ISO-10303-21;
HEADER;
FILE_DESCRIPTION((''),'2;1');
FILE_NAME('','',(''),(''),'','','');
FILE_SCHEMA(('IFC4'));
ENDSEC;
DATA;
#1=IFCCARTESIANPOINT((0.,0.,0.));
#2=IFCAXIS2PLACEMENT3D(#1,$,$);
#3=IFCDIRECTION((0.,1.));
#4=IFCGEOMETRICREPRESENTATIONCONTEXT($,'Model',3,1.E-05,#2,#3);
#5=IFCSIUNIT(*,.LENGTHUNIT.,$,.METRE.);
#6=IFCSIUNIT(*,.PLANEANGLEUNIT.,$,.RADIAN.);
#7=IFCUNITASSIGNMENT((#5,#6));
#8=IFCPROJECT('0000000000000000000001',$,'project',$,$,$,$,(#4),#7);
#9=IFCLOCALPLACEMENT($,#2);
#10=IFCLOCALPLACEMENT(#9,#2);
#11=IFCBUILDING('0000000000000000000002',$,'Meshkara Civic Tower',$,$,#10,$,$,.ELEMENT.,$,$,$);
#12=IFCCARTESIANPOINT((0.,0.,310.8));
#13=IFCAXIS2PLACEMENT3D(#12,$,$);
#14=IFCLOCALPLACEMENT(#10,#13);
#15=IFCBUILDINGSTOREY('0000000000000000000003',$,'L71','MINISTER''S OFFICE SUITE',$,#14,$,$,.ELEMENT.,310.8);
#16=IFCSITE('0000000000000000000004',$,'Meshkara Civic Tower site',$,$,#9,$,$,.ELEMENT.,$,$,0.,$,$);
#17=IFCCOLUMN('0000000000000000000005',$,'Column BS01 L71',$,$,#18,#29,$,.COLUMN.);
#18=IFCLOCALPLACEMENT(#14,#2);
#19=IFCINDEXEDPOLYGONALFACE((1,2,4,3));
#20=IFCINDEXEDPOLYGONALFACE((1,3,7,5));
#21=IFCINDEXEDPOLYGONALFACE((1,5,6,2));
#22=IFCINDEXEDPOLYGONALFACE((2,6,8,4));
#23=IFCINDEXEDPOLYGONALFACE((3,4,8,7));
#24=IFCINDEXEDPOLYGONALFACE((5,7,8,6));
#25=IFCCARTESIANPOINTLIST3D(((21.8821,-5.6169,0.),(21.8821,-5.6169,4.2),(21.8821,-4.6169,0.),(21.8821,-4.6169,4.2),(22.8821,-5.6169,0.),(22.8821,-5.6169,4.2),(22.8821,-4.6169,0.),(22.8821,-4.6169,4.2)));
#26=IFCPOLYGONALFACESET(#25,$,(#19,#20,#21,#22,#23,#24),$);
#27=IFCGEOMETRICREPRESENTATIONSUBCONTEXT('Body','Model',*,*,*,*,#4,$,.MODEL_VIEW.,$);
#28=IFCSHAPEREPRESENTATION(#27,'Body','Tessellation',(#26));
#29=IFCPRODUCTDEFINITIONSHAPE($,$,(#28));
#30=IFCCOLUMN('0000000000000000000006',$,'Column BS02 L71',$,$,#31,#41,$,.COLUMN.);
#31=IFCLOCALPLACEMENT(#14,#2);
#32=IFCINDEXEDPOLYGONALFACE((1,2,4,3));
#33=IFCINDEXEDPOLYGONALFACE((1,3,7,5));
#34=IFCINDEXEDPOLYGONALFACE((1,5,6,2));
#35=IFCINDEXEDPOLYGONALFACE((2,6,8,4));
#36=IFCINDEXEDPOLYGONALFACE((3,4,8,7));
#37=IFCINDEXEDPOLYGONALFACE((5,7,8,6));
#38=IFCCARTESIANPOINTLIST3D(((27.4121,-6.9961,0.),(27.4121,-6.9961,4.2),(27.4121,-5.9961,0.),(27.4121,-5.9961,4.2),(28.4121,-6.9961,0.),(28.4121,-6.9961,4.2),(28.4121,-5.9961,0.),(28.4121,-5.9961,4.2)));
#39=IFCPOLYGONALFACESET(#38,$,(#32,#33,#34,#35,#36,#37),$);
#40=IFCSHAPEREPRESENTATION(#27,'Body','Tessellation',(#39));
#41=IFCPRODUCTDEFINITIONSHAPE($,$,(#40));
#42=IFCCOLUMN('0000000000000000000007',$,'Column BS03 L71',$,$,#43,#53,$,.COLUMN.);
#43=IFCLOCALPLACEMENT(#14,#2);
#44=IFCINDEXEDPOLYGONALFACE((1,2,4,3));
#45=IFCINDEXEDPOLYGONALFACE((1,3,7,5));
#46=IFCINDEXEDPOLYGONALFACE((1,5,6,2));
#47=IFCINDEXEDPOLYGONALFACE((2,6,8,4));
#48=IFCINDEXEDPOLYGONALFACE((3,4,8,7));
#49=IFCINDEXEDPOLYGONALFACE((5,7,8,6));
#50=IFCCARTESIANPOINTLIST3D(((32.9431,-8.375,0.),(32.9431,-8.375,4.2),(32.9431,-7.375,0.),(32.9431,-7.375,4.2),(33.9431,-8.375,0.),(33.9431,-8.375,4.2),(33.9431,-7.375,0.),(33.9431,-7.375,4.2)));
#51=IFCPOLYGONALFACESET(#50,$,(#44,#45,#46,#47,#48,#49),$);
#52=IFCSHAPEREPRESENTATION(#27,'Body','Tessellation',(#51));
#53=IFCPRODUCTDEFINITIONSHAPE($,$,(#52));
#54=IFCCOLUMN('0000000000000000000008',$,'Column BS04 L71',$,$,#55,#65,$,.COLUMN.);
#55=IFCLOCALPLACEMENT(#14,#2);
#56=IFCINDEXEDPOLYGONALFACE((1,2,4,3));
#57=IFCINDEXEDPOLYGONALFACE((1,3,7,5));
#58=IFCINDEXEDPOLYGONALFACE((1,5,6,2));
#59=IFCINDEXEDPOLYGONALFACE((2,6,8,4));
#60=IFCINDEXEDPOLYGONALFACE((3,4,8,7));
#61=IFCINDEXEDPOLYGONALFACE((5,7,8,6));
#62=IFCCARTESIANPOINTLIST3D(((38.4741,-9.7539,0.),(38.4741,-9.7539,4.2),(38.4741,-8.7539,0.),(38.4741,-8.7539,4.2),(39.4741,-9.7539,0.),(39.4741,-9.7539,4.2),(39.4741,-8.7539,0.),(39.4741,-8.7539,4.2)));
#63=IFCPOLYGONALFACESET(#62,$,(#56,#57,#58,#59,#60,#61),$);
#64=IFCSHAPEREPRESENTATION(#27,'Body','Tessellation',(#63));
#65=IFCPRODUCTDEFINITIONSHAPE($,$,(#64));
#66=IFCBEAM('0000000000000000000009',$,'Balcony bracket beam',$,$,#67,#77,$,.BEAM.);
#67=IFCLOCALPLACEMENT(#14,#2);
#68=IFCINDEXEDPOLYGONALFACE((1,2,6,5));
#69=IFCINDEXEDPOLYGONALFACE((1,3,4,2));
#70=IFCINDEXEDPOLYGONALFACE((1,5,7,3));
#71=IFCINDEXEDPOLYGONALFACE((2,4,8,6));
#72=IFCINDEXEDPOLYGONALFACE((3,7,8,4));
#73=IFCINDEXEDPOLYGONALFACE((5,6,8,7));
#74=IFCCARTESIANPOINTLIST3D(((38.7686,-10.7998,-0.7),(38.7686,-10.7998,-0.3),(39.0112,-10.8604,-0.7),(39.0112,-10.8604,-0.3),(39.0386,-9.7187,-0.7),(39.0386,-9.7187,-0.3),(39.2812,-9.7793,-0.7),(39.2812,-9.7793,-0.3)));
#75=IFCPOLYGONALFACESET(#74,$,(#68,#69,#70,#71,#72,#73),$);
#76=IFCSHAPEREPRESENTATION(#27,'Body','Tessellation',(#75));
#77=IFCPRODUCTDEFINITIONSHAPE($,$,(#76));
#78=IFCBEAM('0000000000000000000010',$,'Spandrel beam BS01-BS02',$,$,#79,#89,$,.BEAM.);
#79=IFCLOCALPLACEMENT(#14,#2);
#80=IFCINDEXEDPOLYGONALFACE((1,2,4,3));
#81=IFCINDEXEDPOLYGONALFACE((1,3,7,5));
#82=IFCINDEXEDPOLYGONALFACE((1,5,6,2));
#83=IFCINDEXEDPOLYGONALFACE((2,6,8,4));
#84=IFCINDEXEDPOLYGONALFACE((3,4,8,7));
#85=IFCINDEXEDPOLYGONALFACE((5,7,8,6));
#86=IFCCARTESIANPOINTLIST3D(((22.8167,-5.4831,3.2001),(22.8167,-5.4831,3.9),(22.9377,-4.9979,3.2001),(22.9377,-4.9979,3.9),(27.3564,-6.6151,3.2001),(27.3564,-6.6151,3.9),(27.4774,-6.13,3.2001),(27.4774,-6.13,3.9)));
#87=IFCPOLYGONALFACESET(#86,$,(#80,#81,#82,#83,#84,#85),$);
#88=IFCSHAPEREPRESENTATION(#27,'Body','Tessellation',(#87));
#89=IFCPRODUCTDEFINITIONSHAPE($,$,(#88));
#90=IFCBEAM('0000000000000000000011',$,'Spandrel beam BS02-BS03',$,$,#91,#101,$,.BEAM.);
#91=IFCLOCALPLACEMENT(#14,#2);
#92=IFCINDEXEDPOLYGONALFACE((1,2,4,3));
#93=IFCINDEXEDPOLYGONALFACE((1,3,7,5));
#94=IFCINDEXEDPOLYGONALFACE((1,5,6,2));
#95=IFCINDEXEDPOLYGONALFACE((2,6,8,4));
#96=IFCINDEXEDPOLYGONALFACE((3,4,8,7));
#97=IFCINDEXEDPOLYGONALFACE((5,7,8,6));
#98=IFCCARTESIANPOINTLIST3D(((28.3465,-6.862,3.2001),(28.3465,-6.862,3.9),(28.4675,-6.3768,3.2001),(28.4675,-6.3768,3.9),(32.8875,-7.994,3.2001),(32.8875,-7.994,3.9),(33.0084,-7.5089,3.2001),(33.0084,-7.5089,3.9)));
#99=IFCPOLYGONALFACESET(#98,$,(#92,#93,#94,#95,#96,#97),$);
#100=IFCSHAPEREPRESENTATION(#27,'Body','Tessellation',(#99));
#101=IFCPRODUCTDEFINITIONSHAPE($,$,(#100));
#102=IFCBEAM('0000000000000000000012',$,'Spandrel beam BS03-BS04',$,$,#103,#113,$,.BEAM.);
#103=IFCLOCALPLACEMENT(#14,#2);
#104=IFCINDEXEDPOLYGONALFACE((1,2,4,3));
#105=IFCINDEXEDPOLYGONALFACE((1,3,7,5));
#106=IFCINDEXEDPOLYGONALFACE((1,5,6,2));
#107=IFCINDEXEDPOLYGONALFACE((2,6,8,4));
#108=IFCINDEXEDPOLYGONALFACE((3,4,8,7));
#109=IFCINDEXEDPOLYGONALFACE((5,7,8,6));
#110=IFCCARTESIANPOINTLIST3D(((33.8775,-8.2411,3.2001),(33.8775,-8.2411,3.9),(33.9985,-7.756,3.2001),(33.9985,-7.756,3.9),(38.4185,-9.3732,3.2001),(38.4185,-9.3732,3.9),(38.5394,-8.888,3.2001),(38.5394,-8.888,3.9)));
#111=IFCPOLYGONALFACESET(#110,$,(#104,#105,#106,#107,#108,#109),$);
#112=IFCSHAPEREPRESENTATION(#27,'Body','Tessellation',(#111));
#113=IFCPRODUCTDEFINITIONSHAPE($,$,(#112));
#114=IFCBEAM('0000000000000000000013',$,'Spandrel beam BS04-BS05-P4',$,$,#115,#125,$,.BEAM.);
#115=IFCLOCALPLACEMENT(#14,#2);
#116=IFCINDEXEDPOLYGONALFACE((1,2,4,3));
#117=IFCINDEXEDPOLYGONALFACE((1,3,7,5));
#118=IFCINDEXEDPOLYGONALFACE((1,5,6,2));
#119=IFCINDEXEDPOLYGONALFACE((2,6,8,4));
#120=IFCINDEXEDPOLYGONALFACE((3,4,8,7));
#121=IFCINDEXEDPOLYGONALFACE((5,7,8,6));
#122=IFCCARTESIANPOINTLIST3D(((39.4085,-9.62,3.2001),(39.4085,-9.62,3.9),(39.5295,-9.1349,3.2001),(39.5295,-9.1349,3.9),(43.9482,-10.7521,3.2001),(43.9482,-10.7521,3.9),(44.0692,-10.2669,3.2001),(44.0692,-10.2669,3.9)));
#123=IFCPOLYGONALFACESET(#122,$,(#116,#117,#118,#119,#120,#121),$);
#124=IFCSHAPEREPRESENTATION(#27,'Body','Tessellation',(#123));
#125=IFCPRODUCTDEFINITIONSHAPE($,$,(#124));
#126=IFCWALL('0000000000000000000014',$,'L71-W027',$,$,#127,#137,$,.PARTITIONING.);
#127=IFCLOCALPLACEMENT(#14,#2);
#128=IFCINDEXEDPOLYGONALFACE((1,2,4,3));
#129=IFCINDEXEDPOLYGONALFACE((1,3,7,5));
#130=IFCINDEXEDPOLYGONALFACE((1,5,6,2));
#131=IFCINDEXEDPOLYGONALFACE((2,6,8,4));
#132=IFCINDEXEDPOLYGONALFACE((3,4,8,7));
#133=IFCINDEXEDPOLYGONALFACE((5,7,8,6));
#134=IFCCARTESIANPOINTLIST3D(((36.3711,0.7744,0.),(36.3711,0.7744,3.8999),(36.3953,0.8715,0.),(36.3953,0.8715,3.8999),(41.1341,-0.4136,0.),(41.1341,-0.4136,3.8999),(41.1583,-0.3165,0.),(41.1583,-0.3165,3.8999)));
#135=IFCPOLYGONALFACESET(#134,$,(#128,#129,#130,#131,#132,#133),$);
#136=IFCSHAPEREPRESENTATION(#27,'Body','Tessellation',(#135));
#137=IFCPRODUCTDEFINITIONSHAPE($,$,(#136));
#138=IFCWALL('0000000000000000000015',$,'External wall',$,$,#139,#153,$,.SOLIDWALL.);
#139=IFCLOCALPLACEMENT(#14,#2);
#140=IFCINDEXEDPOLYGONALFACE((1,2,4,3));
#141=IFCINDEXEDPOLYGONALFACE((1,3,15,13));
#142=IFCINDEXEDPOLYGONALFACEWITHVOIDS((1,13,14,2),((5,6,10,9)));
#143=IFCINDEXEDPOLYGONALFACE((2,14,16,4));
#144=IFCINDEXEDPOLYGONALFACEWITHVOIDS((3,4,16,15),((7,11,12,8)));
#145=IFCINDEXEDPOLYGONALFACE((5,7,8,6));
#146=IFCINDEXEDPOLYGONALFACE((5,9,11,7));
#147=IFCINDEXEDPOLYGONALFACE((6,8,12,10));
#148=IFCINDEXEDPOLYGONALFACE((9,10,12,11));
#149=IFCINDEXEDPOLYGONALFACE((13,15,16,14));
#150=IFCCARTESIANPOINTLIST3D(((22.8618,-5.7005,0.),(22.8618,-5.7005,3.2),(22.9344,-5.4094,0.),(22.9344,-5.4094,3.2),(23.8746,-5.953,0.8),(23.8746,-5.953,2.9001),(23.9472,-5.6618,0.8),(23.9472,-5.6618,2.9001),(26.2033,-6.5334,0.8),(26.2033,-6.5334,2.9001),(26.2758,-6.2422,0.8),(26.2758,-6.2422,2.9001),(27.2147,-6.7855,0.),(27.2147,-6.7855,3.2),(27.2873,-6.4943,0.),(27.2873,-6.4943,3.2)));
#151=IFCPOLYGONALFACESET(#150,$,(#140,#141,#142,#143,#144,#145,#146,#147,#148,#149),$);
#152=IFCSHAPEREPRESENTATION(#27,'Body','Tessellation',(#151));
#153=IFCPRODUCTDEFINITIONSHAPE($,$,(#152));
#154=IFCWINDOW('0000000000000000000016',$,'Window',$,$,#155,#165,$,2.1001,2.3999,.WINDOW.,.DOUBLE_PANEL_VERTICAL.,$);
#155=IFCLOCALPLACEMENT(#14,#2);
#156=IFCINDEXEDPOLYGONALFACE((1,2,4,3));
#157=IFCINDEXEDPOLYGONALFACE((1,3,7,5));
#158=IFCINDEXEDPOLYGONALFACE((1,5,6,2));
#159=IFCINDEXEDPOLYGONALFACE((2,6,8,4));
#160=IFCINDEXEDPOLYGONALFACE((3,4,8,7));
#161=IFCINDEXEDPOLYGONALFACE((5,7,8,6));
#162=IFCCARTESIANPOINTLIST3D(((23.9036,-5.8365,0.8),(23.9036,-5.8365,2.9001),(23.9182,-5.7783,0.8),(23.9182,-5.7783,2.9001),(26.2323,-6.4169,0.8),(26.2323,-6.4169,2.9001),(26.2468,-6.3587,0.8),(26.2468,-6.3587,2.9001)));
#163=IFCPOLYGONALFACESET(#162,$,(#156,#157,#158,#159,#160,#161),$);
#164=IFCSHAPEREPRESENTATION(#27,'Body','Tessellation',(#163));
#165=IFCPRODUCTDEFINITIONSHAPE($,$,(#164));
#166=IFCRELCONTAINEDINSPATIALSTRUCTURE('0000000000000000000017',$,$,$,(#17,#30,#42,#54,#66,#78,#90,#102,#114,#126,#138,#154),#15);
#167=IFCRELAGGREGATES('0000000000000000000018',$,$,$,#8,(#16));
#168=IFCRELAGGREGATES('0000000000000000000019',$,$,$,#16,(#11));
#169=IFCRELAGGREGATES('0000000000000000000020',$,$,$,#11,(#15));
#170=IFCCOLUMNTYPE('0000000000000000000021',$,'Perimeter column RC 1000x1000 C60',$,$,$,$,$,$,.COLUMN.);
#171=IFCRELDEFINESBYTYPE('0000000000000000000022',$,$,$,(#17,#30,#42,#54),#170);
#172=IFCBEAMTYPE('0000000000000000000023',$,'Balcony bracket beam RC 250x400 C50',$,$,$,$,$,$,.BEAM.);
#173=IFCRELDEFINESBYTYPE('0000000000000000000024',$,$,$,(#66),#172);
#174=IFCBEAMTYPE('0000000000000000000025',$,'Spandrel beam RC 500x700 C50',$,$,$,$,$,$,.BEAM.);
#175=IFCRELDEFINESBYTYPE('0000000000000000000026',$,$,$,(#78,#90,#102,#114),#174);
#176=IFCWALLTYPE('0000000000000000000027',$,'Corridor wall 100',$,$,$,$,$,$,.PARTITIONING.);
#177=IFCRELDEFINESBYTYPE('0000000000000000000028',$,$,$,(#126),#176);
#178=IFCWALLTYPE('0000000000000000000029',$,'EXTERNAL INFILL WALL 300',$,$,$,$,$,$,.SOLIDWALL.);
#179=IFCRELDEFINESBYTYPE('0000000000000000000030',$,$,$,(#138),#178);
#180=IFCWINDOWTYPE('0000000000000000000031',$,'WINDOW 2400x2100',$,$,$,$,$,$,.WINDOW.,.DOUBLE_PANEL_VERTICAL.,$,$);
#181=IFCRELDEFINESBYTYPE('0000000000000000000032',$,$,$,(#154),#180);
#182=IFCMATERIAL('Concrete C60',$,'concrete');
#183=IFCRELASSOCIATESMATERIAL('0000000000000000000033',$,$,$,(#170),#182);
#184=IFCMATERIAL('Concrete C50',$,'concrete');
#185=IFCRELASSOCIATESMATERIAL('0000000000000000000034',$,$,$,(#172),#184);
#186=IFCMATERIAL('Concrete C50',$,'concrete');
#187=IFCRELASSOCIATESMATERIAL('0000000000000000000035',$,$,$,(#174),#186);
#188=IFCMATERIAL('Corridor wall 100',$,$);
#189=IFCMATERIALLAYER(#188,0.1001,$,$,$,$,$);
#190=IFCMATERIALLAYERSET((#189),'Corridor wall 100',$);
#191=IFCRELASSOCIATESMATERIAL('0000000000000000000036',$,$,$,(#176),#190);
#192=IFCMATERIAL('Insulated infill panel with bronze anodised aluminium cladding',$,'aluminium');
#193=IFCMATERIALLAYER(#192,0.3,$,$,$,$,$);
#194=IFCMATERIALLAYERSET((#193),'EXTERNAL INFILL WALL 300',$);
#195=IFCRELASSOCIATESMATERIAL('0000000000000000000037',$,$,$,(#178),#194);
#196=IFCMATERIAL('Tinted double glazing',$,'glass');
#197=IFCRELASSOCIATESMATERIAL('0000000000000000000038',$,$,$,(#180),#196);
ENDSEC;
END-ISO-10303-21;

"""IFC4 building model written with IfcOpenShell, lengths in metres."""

from ifc_helpers import new_model, si_unit, direction, frame, frame_2d, origin, origin_2d, place, context, subcontext, project, spatial, rectangle, extrude, material, layer, layer_set, material_profile, profile_set, type_object, element, fill, save


model = new_model("IFC4")

# Units and contexts
model_context = context("Model", 3, precision=1e-05, world=origin(), true_north=direction((0.0, 1.0)))
body_context = subcontext(model_context, "Body", "Model", "MODEL_VIEW")
ifc_project = project(units=[si_unit("LENGTHUNIT", "METRE"), si_unit("PLANEANGLEUNIT", "RADIAN")], contexts=[model_context])

# Site, building, storey
site_placement = place(None, origin())
site = spatial("IfcSite", under=ifc_project, at=site_placement, Name="Meshkara Civic Tower site", CompositionType="ELEMENT", RefElevation=0.0)
building_placement = place(site_placement, origin())
building = spatial("IfcBuilding", under=site, at=building_placement, Name="Meshkara Civic Tower", CompositionType="ELEMENT")
storey_placement = place(building_placement, frame((0.0, 0.0, 310.8)))
storey = spatial("IfcBuildingStorey", under=building, at=storey_placement, Name="L71", Description="MINISTER'S OFFICE SUITE", CompositionType="ELEMENT", Elevation=310.8)

# Columns
ifc_material_1 = material(Name="Concrete C60", Category="concrete")
ifc_material_profile_1 = material_profile(ifc_material_1, rectangle(XDim=1.0, YDim=1.0, at=origin_2d()))
ifc_profile_set_1 = profile_set([ifc_material_profile_1], Name="Concrete C60")
column_type = type_object("IfcColumnType", Name="Perimeter column RC 1000x1000 C60", PredefinedType="COLUMN", material=ifc_profile_set_1)
for number, where, z_axis, x_axis, name in (
    (1, (22.3821, -5.1169, 0.0), (0.0, 0.0, 1.0), (1.0, 0.0, 0.0), "Column BS01 L71"),
    (2, (27.9121, -6.4961, 0.0), (0.0, 0.0, 1.0), (1.0, 0.0, 0.0), "Column BS02 L71"),
    (3, (33.4431, -7.875, 0.0), (0.0, 0.0, 1.0), (1.0, 0.0, 0.0), "Column BS03 L71"),
    (4, (38.9741, -9.2539, 0.0), (0.0, 0.0, 1.0), (1.0, 0.0, 0.0), "Column BS04 L71"),
):
    element("IfcColumn", number, at=place(storey_placement, frame(where, z_axis=z_axis, x_axis=x_axis)), inside=storey, type_object=column_type, Name=name, PredefinedType="COLUMN", context=body_context, shape_type="SweptSolid", body=[
        extrude(rectangle(XDim=1.0, YDim=1.0, at=origin_2d()), origin(), (0.0, 0.0, 1.0), 4.2),
    ])

# Beams
ifc_material_2 = material(Name="Concrete C50", Category="concrete")
ifc_material_profile_2 = material_profile(ifc_material_2, rectangle(XDim=0.25, YDim=0.3999, at=origin_2d()))
ifc_profile_set_2 = profile_set([ifc_material_profile_2], Name="Concrete C50")
beam_type_1 = type_object("IfcBeamType", Name="Balcony bracket beam RC 250x400 C50", PredefinedType="BEAM", material=ifc_profile_set_2)
beam_1_placement = place(storey_placement, frame((39.1599, -9.749, -0.5), z_axis=(-0.242329, -0.970194, 0.0), x_axis=(0.970194, -0.242329, 0.0)))
element("IfcBeam", 5, at=beam_1_placement, inside=storey, type_object=beam_type_1, Name="Balcony bracket beam", PredefinedType="BEAM", context=body_context, shape_type="SweptSolid", body=[
    extrude(rectangle(XDim=0.25, YDim=0.3999, at=origin_2d()), origin(), (0.0, 0.0, 1.0), 1.1143),
])
ifc_material_3 = material(Name="Concrete C50", Category="concrete")
ifc_material_profile_3 = material_profile(ifc_material_3, rectangle(XDim=0.5, YDim=0.7, at=origin_2d()))
ifc_profile_set_3 = profile_set([ifc_material_profile_3], Name="Concrete C50")
beam_type_2 = type_object("IfcBeamType", Name="Spandrel beam RC 500x700 C50", PredefinedType="BEAM", material=ifc_profile_set_3)
beam_2_placement = place(storey_placement, frame((22.8772, -5.2405, 3.55), z_axis=(0.970287, -0.241959, 0.0), x_axis=(0.241959, 0.970287, 0.0)))
element("IfcBeam", 6, at=beam_2_placement, inside=storey, type_object=beam_type_2, Name="Spandrel beam BS01-BS02", PredefinedType="BEAM", context=body_context, shape_type="SweptSolid", body=[
    extrude(rectangle(XDim=0.5, YDim=0.7, at=origin_2d()), origin(), (0.0, 0.0, 1.0), 4.6787),
])
for number, where, z_axis, x_axis, name in (
    (7, (28.407, -6.6194, 3.55), (0.970302, -0.241897, 0.0), (0.241897, 0.970302, 0.0), "Spandrel beam BS02-BS03"),
    (8, (33.938, -7.9985, 3.55), (0.970302, -0.241897, 0.0), (0.241897, 0.970302, 0.0), "Spandrel beam BS03-BS04"),
):
    element("IfcBeam", number, at=place(storey_placement, frame(where, z_axis=z_axis, x_axis=x_axis)), inside=storey, type_object=beam_type_2, Name=name, PredefinedType="BEAM", context=body_context, shape_type="SweptSolid", body=[
        extrude(rectangle(XDim=0.5, YDim=0.7, at=origin_2d()), origin(), (0.0, 0.0, 1.0), 4.6799),
    ])
beam_3_placement = place(storey_placement, frame((39.469, -9.3774, 3.55), z_axis=(0.970287, -0.241959, 0.0), x_axis=(0.241959, 0.970287, 0.0)))
element("IfcBeam", 9, at=beam_3_placement, inside=storey, type_object=beam_type_2, Name="Spandrel beam BS04-BS05-P4", PredefinedType="BEAM", context=body_context, shape_type="SweptSolid", body=[
    extrude(rectangle(XDim=0.5, YDim=0.7, at=origin_2d()), origin(), (0.0, 0.0, 1.0), 4.6787),
])

# Wall
ifc_material_4 = material(Name="Corridor wall 100")
ifc_layer_1 = layer(ifc_material_4, 0.1001)
ifc_layer_set_1 = layer_set([ifc_layer_1], Name="Corridor wall 100")
wall_type_1 = type_object("IfcWallType", Name="Corridor wall 100", PredefinedType="PARTITIONING", material=ifc_layer_set_1)
wall_1_placement = place(storey_placement, frame((36.3831, 0.823, 0.0), z_axis=(0.0, 0.0, 1.0), x_axis=(0.970274, -0.242009, 0.0)))
element("IfcWall", 10, at=wall_1_placement, inside=storey, type_object=wall_type_1, Name="L71-W027", PredefinedType="PARTITIONING", context=body_context, shape_type="SweptSolid", body=[
    extrude(rectangle(XDim=4.9089, YDim=0.1001, at=frame_2d((2.4546, 0.0))), origin(), (0.0, 0.0, 1.0), 3.8999),
])

# Wall, opening, window
ifc_material_5 = material(Name="Insulated infill panel with bronze anodised aluminium cladding", Category="aluminium")
ifc_layer_2 = layer(ifc_material_5, 0.3)
ifc_layer_set_2 = layer_set([ifc_layer_2], Name="EXTERNAL INFILL WALL 300")
wall_type_2 = type_object("IfcWallType", Name="EXTERNAL INFILL WALL 300", PredefinedType="SOLIDWALL", material=ifc_layer_set_2)
wall_2_placement = place(storey_placement, frame((22.8979, -5.5549, 0.0), z_axis=(0.0, 0.0, 1.0), x_axis=(0.970315, -0.241844, 0.0)))
wall_2 = element("IfcWall", 11, at=wall_2_placement, inside=storey, type_object=wall_type_2, Name="External wall", PredefinedType="SOLIDWALL", context=body_context, shape_type="SweptSolid", body=[
    extrude(rectangle(XDim=4.4861, YDim=0.3, at=frame_2d((2.2432, 0.0))), origin(), (0.0, 0.0, 1.0), 3.2),
])
opening_1_placement = place(wall_2_placement, frame((1.0439, 0.0, 0.8)))
opening_1 = element("IfcOpeningElement", 12, at=opening_1_placement, cuts=wall_2, PredefinedType="OPENING", context=body_context, shape_type="SweptSolid", body=[
    extrude(rectangle(XDim=2.3999, YDim=2.1001, at=frame_2d((1.2, 1.05))), frame((0.0, 0.1599, 0.0), z_axis=(0.0, -1.0, 0.0), x_axis=(1.0, 0.0, 0.0)), (0.0, 0.0, 1.0), 0.3201),
])
ifc_material_6 = material(Name="Tinted double glazing", Category="glass")
window_type = type_object("IfcWindowType", Name="WINDOW 2400x2100", PartitioningType="DOUBLE_PANEL_VERTICAL", PredefinedType="WINDOW", material=ifc_material_6)
window_1_placement = place(opening_1_placement, origin())
window_1 = element("IfcWindow", 13, at=window_1_placement, inside=storey, type_object=window_type, Name="Window", OverallHeight=2.1001, OverallWidth=2.3999, PartitioningType="DOUBLE_PANEL_VERTICAL", PredefinedType="WINDOW", context=body_context, shape_type="SweptSolid", body=[
    extrude(rectangle(XDim=2.3999, YDim=2.1001, at=frame_2d((1.2, 1.05))), frame((0.0, 0.03, 0.0), z_axis=(0.0, -1.0, 0.0), x_axis=(1.0, 0.0, 0.0)), (0.0, 0.0, 1.0), 0.0601),
])
fill(opening_1, window_1)

save(model, "model.ifc")
